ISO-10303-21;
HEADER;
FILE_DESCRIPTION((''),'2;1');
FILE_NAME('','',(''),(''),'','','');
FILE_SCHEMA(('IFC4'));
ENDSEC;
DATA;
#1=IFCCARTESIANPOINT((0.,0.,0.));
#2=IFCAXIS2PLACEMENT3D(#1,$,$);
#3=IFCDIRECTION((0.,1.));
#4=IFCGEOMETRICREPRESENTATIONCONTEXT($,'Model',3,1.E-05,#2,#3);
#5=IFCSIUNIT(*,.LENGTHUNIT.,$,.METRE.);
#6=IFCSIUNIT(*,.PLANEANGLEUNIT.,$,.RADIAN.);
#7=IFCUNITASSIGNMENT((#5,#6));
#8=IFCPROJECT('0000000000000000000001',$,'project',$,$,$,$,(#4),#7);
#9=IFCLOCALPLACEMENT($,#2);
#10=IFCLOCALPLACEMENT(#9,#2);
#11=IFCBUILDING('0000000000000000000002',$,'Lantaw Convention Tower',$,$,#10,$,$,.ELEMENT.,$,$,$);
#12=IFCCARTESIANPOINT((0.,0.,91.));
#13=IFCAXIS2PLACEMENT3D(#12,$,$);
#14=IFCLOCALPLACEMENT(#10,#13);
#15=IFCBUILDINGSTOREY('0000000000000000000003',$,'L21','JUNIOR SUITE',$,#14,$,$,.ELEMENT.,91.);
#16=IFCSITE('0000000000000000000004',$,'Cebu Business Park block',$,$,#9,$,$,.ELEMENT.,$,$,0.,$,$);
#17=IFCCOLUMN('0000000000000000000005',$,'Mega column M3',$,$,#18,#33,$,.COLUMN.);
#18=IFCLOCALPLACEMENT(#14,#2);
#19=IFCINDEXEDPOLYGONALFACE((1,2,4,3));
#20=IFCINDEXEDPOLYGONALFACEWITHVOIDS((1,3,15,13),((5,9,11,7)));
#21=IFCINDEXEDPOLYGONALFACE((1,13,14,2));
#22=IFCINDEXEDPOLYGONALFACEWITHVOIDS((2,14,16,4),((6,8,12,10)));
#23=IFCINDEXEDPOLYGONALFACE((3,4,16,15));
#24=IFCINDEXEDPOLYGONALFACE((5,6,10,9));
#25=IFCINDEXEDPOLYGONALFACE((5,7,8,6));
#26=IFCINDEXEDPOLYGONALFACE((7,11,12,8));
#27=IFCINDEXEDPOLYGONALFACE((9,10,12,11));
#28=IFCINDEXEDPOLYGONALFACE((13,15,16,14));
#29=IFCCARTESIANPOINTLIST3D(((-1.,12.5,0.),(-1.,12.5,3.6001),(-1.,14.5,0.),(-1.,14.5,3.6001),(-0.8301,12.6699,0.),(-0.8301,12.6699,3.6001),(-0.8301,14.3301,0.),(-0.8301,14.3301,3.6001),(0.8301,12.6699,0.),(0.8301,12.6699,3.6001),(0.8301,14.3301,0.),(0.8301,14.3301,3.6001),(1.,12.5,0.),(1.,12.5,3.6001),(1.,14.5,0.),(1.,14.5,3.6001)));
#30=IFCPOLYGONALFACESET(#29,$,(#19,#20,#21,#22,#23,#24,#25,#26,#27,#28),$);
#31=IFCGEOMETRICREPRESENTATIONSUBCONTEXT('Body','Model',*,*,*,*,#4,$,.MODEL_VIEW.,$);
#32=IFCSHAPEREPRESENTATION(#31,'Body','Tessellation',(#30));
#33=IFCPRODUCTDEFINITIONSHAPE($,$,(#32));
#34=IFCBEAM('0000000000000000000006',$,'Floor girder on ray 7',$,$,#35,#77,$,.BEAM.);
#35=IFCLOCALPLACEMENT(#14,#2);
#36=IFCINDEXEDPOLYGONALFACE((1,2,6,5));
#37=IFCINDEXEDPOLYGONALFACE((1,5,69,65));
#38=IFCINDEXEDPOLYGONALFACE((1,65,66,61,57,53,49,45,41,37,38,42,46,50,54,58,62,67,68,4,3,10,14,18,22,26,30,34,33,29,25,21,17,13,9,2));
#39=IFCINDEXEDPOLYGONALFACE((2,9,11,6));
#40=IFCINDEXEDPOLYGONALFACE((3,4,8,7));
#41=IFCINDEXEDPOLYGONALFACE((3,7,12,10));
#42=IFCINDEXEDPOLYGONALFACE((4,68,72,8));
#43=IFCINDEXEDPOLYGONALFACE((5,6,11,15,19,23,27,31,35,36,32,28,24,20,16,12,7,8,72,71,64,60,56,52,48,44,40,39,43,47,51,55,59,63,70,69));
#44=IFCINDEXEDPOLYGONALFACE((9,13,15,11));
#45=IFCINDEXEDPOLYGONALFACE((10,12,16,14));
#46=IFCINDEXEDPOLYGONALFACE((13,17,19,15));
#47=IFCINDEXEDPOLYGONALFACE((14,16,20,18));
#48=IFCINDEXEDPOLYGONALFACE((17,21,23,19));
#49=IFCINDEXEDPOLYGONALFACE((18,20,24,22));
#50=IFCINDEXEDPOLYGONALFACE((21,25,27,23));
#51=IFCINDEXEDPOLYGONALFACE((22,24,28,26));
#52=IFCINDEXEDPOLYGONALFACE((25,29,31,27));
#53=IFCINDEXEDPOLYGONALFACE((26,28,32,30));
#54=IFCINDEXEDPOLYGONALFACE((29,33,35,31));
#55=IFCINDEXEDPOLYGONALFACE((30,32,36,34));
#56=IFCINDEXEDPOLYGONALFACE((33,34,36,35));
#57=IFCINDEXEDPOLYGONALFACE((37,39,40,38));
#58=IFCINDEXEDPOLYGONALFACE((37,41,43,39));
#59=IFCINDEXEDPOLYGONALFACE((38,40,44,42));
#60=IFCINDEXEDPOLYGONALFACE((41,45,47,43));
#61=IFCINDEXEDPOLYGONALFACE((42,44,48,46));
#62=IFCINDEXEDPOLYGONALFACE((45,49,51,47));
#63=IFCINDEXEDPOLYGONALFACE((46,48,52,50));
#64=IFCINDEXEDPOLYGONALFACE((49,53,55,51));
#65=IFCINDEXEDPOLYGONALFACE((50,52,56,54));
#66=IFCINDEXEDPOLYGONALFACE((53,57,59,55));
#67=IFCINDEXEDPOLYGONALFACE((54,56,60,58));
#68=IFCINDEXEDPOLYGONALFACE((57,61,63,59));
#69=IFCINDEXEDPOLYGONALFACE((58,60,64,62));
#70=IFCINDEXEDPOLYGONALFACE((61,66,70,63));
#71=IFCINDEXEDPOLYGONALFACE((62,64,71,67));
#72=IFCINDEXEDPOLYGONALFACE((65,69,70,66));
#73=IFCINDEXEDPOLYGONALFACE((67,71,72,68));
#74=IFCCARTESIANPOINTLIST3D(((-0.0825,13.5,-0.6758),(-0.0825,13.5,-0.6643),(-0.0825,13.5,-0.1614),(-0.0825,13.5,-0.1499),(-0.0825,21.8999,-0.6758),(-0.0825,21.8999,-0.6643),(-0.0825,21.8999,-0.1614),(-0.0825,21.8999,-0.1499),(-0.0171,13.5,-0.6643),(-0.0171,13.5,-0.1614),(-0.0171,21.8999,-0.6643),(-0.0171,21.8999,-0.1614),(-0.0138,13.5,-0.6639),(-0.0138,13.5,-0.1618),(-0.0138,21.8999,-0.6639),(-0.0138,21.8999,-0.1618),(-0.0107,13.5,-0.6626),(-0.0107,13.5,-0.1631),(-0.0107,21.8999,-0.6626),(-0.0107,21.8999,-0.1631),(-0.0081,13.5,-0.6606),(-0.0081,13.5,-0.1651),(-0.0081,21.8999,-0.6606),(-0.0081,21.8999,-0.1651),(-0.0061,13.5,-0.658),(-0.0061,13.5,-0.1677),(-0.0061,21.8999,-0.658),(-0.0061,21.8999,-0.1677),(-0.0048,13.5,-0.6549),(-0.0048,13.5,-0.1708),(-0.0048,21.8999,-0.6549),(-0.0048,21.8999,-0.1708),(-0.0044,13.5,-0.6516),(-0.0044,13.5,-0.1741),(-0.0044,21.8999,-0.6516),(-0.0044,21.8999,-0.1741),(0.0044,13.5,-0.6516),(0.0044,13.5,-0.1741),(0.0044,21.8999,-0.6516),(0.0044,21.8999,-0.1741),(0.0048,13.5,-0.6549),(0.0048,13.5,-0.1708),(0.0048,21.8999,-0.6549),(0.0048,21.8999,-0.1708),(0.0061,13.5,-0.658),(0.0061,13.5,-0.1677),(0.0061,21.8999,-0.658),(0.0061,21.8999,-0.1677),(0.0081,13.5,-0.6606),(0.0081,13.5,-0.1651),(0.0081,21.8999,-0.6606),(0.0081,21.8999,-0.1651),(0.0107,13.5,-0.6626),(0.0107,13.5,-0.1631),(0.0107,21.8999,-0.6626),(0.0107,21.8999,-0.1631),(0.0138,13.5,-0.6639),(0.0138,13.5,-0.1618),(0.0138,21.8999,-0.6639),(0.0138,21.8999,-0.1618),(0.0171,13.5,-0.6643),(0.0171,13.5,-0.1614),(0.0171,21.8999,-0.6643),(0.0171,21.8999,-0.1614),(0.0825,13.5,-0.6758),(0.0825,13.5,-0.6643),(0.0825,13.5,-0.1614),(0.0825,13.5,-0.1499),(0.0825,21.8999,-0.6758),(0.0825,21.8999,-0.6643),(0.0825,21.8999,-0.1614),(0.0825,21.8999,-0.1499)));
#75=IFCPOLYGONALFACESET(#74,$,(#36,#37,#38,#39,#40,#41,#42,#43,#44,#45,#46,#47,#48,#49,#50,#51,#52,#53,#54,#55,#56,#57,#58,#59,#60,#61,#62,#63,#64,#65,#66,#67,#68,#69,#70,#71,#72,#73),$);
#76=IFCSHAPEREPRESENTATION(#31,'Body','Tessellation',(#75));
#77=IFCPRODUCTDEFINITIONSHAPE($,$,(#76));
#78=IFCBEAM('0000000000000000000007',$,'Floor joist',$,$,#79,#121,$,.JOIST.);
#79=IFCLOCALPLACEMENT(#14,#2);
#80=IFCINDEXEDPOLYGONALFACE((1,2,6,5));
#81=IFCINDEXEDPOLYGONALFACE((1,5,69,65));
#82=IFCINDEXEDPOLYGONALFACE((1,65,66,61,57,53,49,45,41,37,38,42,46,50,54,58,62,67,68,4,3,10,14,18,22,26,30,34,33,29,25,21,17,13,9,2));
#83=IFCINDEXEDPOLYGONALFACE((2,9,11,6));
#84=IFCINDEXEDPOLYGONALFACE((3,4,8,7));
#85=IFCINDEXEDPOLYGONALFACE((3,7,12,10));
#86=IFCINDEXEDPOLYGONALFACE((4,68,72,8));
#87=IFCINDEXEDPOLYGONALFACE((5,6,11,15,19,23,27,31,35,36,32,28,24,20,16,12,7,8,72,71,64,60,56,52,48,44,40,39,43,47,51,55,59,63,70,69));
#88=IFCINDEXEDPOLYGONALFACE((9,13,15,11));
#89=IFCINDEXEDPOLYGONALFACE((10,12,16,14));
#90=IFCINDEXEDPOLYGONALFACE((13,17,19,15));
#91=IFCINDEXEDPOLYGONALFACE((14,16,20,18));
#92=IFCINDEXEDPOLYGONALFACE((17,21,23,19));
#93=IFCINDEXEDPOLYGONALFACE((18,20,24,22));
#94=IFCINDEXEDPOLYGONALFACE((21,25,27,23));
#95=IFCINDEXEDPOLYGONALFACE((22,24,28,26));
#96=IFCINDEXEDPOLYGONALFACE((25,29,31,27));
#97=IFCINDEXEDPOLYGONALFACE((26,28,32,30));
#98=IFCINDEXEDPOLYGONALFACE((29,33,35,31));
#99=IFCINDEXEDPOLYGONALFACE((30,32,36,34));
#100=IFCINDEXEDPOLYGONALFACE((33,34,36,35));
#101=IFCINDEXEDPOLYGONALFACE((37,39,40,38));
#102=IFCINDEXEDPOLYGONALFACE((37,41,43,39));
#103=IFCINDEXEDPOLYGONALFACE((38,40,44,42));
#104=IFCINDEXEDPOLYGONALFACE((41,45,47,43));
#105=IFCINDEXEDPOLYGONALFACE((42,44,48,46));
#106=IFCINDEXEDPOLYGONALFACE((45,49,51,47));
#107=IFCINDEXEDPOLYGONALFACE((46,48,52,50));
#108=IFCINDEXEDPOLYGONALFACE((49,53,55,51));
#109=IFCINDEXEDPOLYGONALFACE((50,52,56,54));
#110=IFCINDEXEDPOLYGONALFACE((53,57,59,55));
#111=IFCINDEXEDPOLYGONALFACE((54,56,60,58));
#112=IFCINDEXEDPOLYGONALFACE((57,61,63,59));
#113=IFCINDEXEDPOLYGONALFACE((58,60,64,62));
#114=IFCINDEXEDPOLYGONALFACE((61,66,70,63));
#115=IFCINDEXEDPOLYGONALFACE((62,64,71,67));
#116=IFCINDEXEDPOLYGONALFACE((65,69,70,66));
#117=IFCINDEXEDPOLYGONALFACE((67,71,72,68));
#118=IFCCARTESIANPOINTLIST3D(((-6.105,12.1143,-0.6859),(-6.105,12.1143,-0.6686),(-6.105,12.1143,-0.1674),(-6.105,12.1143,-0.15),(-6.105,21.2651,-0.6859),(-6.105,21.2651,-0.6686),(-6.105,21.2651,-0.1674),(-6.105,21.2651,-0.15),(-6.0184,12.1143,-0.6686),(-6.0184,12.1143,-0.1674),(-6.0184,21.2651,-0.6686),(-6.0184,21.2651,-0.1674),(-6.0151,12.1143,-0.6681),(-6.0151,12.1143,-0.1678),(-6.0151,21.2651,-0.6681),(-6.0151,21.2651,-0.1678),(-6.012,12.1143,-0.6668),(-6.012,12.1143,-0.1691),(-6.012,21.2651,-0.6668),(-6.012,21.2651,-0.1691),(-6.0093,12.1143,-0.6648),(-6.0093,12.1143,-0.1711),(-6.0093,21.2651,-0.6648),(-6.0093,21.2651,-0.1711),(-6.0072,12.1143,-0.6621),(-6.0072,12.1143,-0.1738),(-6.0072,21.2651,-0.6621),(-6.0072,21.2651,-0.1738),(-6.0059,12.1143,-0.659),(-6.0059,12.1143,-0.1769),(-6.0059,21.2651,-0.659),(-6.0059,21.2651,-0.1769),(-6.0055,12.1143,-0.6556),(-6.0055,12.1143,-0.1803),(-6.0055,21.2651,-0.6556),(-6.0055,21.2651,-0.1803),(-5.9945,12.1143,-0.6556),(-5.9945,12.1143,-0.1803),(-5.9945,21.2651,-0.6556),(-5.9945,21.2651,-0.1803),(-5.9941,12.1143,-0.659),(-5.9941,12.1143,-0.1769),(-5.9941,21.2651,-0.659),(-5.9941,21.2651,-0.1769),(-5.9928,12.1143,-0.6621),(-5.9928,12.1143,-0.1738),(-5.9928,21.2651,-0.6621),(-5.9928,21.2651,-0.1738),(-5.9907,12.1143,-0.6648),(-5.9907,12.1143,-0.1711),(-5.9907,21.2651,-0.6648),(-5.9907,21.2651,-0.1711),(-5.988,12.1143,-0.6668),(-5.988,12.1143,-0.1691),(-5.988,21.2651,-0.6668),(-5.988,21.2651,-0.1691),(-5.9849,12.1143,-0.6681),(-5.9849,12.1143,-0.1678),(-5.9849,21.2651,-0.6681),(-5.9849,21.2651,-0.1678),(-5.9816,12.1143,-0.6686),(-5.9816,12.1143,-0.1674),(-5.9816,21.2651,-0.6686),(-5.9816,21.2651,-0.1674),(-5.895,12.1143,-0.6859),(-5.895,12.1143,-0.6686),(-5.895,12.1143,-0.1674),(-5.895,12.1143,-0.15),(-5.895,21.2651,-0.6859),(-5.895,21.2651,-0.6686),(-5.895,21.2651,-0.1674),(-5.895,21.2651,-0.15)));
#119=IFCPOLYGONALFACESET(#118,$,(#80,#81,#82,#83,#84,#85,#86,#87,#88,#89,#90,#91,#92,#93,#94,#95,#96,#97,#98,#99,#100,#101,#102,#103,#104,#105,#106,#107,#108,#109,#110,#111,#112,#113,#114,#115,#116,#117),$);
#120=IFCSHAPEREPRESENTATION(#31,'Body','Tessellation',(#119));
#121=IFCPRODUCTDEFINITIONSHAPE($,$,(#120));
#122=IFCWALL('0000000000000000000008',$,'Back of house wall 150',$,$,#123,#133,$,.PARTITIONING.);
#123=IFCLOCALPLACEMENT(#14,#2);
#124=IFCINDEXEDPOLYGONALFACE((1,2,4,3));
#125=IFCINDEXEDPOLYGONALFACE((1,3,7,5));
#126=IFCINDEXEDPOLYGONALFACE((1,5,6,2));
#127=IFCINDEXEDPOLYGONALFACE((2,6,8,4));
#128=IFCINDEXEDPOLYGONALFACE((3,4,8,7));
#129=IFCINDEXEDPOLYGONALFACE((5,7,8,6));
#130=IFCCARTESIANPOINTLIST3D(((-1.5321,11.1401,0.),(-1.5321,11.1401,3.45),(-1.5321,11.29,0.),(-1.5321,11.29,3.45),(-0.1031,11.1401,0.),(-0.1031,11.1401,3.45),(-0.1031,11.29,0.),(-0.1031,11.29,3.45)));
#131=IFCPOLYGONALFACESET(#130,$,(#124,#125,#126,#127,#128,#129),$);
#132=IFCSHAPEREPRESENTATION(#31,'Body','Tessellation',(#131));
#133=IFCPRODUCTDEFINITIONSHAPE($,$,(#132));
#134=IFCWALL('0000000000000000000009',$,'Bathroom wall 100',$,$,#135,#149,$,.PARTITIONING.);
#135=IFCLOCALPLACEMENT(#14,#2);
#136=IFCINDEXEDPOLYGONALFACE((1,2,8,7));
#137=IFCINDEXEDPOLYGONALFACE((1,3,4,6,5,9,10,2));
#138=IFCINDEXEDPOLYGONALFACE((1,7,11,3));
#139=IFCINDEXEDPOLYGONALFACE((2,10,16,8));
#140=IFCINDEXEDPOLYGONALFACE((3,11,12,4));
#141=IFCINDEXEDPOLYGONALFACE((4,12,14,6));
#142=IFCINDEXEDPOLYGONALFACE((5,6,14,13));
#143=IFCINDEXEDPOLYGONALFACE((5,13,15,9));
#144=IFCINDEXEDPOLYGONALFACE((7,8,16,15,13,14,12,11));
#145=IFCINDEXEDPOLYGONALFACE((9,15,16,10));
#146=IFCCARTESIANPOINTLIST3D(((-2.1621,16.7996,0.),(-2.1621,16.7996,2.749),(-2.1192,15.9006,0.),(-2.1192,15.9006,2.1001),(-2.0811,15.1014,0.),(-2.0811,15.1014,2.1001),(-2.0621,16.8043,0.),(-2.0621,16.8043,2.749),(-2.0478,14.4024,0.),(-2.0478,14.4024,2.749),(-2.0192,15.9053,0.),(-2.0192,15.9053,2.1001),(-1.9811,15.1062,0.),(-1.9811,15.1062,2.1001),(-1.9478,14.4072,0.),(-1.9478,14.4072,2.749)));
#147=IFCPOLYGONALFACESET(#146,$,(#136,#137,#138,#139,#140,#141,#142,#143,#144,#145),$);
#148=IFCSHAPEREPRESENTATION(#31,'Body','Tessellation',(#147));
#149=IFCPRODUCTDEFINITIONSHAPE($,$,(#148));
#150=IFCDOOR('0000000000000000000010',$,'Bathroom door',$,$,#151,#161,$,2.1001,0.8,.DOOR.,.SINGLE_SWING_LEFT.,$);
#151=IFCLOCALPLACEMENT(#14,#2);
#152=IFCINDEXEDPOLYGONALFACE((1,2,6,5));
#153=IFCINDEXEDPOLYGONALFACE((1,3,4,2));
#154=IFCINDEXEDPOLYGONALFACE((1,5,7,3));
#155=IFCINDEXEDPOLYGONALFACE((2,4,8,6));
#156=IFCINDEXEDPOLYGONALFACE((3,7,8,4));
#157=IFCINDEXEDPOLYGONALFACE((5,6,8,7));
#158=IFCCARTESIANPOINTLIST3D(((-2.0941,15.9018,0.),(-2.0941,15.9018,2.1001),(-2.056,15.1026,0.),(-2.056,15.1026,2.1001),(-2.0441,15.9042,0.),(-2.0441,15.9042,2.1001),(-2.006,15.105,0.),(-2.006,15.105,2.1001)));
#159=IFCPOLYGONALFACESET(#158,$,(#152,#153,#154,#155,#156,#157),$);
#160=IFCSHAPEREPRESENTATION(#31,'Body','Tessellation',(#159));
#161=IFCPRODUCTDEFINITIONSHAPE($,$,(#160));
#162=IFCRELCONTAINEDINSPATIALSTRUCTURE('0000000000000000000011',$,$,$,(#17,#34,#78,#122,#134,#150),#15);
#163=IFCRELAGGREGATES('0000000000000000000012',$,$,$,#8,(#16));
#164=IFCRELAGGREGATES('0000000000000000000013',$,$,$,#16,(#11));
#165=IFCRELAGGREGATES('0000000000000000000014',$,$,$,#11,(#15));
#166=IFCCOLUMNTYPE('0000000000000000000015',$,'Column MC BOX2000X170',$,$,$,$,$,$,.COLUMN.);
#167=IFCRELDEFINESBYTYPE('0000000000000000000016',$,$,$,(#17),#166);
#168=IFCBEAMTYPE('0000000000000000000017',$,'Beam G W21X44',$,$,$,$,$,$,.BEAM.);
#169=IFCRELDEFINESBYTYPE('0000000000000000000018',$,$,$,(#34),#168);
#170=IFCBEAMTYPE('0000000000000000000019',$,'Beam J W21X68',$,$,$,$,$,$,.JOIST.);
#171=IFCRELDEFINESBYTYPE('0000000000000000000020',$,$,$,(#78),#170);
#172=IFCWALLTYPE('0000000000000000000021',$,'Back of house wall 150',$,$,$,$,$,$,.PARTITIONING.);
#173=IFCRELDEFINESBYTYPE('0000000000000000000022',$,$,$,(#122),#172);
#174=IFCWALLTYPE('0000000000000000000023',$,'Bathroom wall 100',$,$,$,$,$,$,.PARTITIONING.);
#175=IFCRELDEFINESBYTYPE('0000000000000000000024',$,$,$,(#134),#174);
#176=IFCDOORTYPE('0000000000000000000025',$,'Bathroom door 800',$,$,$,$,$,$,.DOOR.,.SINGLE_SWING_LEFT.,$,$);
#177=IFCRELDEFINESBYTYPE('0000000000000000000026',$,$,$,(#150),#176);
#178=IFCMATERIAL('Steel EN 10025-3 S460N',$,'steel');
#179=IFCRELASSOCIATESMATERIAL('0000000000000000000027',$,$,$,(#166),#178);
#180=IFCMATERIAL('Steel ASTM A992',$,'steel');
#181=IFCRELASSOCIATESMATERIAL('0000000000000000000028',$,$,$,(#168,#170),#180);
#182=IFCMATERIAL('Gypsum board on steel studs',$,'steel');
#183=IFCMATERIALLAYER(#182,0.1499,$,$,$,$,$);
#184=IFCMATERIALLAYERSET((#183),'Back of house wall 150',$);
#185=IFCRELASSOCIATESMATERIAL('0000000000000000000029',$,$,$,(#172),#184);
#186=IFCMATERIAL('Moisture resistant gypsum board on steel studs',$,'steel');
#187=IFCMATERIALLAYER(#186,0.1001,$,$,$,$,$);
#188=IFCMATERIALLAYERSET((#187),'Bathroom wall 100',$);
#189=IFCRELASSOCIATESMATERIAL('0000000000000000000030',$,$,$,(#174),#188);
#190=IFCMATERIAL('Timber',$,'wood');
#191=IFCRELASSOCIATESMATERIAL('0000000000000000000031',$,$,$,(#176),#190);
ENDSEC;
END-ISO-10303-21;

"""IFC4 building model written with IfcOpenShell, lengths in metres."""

from ifc_helpers import new_model, si_unit, direction, frame, frame_2d, origin, origin_2d, place, context, subcontext, project, spatial, rectangle, hollow_rectangle, i_section, extrude, material, layer, layer_set, material_profile, profile_set, type_object, element, fill, save


model = new_model("IFC4")

# Units and contexts
model_context = context("Model", 3, precision=1e-05, world=origin(), true_north=direction((0.0, 1.0)))
body_context = subcontext(model_context, "Body", "Model", "MODEL_VIEW")
ifc_project = project(units=[si_unit("LENGTHUNIT", "METRE"), si_unit("PLANEANGLEUNIT", "RADIAN")], contexts=[model_context])

# Site, building, storey
site_placement = place(None, origin())
site = spatial("IfcSite", under=ifc_project, at=site_placement, Name="Cebu Business Park block", CompositionType="ELEMENT", RefElevation=0.0)
building_placement = place(site_placement, origin())
building = spatial("IfcBuilding", under=site, at=building_placement, Name="Lantaw Convention Tower", CompositionType="ELEMENT")
storey_placement = place(building_placement, frame((0.0, 0.0, 91.0)))
storey = spatial("IfcBuildingStorey", under=building, at=storey_placement, Name="L21", Description="JUNIOR SUITE", CompositionType="ELEMENT", Elevation=91.0)

# Column
ifc_material_1 = material(Name="Steel EN 10025-3 S460N", Category="steel")
ifc_material_profile_1 = material_profile(ifc_material_1, hollow_rectangle(XDim=2.0, YDim=2.0, WallThickness=0.1699, at=origin_2d()), Name="BOX2000X170")
ifc_material_2 = material(Name="Concrete C60/75", Category="concrete")
ifc_material_profile_2 = material_profile(ifc_material_2, rectangle(XDim=1.6599, YDim=1.6599, at=origin_2d()), Name="Concrete fill of BOX2000X170")
ifc_profile_set_1 = profile_set([ifc_material_profile_1, ifc_material_profile_2], Name="Steel EN 10025-3 S460N")
column_type = type_object("IfcColumnType", Name="Column MC BOX2000X170", PredefinedType="COLUMN", material=ifc_profile_set_1)
column_placement = place(storey_placement, frame((0.0, 13.5, 0.0), z_axis=(0.0, 0.0, 1.0), x_axis=(1.0, 0.0, 0.0)))
element("IfcColumn", 1, at=column_placement, inside=storey, type_object=column_type, Name="Mega column M3", PredefinedType="COLUMN", context=body_context, shape_type="SweptSolid", body=[
    extrude(hollow_rectangle(XDim=2.0, YDim=2.0, WallThickness=0.1699, at=origin_2d()), origin(), (0.0, 0.0, 1.0), 3.6001),
])

# Beams
ifc_material_3 = material(Name="Steel ASTM A992", Category="steel")
ifc_material_profile_3 = material_profile(ifc_material_3, i_section(OverallWidth=0.165, OverallDepth=0.5259, WebThickness=0.0088, FlangeThickness=0.0115, FilletRadius=0.0127, at=origin_2d()), Name="W21X44")
ifc_profile_set_2 = profile_set([ifc_material_profile_3], Name="Steel ASTM A992")
beam_type_1 = type_object("IfcBeamType", Name="Beam G W21X44", PredefinedType="BEAM", material=ifc_profile_set_2)
beam_1_placement = place(storey_placement, frame((0.0, 13.5, -0.4128), z_axis=(0.0, 1.0, 0.0), x_axis=(-1.0, 0.0, 0.0)))
element("IfcBeam", 2, at=beam_1_placement, inside=storey, type_object=beam_type_1, Name="Floor girder on ray 7", PredefinedType="BEAM", context=body_context, shape_type="SweptSolid", body=[
    extrude(i_section(OverallWidth=0.165, OverallDepth=0.5259, WebThickness=0.0088, FlangeThickness=0.0115, FilletRadius=0.0127, at=origin_2d()), origin(), (0.0, 0.0, 1.0), 8.3999),
])
ifc_material_profile_4 = material_profile(ifc_material_3, i_section(OverallWidth=0.21, OverallDepth=0.5359, WebThickness=0.011, FlangeThickness=0.0173, FilletRadius=0.0129, at=origin_2d()), Name="W21X68")
ifc_profile_set_3 = profile_set([ifc_material_profile_4], Name="Steel ASTM A992")
beam_type_2 = type_object("IfcBeamType", Name="Beam J W21X68", PredefinedType="JOIST", material=ifc_profile_set_3)
beam_2_placement = place(storey_placement, frame((-6.0, 12.1143, -0.418), z_axis=(0.0, 1.0, 0.0), x_axis=(-1.0, 0.0, 0.0)))
element("IfcBeam", 3, at=beam_2_placement, inside=storey, type_object=beam_type_2, Name="Floor joist", PredefinedType="JOIST", context=body_context, shape_type="SweptSolid", body=[
    extrude(i_section(OverallWidth=0.21, OverallDepth=0.5359, WebThickness=0.011, FlangeThickness=0.0173, FilletRadius=0.0129, at=origin_2d()), origin(), (0.0, 0.0, 1.0), 9.1509),
])

# Wall
ifc_material_4 = material(Name="Gypsum board on steel studs", Category="steel")
ifc_layer_1 = layer(ifc_material_4, 0.1499)
ifc_layer_set_1 = layer_set([ifc_layer_1], Name="Back of house wall 150")
wall_type_1 = type_object("IfcWallType", Name="Back of house wall 150", PredefinedType="PARTITIONING", material=ifc_layer_set_1)
wall_1_placement = place(storey_placement, frame((-0.1033, 11.2151, 0.0), z_axis=(0.0, 0.0, 1.0), x_axis=(-1.0, 0.0, 0.0)))
element("IfcWall", 4, at=wall_1_placement, inside=storey, type_object=wall_type_1, Name="Back of house wall 150", PredefinedType="PARTITIONING", context=body_context, shape_type="SweptSolid", body=[
    extrude(rectangle(XDim=1.429, YDim=0.1499, at=frame_2d((0.7144, 0.0))), origin(), (0.0, 0.0, 1.0), 3.45),
])

# Wall, opening, door
ifc_material_5 = material(Name="Moisture resistant gypsum board on steel studs", Category="steel")
ifc_layer_2 = layer(ifc_material_5, 0.1001)
ifc_layer_set_2 = layer_set([ifc_layer_2], Name="Bathroom wall 100")
wall_type_2 = type_object("IfcWallType", Name="Bathroom wall 100", PredefinedType="PARTITIONING", material=ifc_layer_set_2)
wall_2_placement = place(storey_placement, frame((-1.9978, 14.4048, 0.0), z_axis=(0.0, 0.0, 1.0), x_axis=(-0.047609, 0.998866, 0.0)))
wall_2 = element("IfcWall", 5, at=wall_2_placement, inside=storey, type_object=wall_type_2, Name="Bathroom wall 100", PredefinedType="PARTITIONING", context=body_context, shape_type="SweptSolid", body=[
    extrude(rectangle(XDim=2.3999, YDim=0.1001, at=frame_2d((1.2, 0.0))), origin(), (0.0, 0.0, 1.0), 2.749),
])
opening_1_placement = place(wall_2_placement, frame((0.7, 0.0, 0.0)))
opening_1 = element("IfcOpeningElement", 6, at=opening_1_placement, cuts=wall_2, PredefinedType="OPENING", context=body_context, shape_type="SweptSolid", body=[
    extrude(rectangle(XDim=0.8, YDim=2.1001, at=frame_2d((0.3999, 1.05))), frame((0.0, 0.0601, 0.0), z_axis=(0.0, -1.0, 0.0), x_axis=(1.0, 0.0, 0.0)), (0.0, 0.0, 1.0), 0.1201),
])
ifc_material_6 = material(Name="Timber", Category="wood")
door_type_1 = type_object("IfcDoorType", Name="Bathroom door 800", OperationType="SINGLE_SWING_LEFT", PredefinedType="DOOR", material=ifc_material_6)
door_1_placement = place(opening_1_placement, origin())
door_1 = element("IfcDoor", 7, at=door_1_placement, inside=storey, type_object=door_type_1, Name="Bathroom door", OperationType="SINGLE_SWING_LEFT", OverallHeight=2.1001, OverallWidth=0.8, PredefinedType="DOOR", context=body_context, shape_type="SweptSolid", body=[
    extrude(rectangle(XDim=0.8, YDim=2.1001, at=frame_2d((0.3999, 1.05))), frame((0.0, 0.0249, 0.0), z_axis=(0.0, -1.0, 0.0), x_axis=(1.0, 0.0, 0.0)), (0.0, 0.0, 1.0), 0.05),
])
fill(opening_1, door_1)

save(model, "model.ifc")
